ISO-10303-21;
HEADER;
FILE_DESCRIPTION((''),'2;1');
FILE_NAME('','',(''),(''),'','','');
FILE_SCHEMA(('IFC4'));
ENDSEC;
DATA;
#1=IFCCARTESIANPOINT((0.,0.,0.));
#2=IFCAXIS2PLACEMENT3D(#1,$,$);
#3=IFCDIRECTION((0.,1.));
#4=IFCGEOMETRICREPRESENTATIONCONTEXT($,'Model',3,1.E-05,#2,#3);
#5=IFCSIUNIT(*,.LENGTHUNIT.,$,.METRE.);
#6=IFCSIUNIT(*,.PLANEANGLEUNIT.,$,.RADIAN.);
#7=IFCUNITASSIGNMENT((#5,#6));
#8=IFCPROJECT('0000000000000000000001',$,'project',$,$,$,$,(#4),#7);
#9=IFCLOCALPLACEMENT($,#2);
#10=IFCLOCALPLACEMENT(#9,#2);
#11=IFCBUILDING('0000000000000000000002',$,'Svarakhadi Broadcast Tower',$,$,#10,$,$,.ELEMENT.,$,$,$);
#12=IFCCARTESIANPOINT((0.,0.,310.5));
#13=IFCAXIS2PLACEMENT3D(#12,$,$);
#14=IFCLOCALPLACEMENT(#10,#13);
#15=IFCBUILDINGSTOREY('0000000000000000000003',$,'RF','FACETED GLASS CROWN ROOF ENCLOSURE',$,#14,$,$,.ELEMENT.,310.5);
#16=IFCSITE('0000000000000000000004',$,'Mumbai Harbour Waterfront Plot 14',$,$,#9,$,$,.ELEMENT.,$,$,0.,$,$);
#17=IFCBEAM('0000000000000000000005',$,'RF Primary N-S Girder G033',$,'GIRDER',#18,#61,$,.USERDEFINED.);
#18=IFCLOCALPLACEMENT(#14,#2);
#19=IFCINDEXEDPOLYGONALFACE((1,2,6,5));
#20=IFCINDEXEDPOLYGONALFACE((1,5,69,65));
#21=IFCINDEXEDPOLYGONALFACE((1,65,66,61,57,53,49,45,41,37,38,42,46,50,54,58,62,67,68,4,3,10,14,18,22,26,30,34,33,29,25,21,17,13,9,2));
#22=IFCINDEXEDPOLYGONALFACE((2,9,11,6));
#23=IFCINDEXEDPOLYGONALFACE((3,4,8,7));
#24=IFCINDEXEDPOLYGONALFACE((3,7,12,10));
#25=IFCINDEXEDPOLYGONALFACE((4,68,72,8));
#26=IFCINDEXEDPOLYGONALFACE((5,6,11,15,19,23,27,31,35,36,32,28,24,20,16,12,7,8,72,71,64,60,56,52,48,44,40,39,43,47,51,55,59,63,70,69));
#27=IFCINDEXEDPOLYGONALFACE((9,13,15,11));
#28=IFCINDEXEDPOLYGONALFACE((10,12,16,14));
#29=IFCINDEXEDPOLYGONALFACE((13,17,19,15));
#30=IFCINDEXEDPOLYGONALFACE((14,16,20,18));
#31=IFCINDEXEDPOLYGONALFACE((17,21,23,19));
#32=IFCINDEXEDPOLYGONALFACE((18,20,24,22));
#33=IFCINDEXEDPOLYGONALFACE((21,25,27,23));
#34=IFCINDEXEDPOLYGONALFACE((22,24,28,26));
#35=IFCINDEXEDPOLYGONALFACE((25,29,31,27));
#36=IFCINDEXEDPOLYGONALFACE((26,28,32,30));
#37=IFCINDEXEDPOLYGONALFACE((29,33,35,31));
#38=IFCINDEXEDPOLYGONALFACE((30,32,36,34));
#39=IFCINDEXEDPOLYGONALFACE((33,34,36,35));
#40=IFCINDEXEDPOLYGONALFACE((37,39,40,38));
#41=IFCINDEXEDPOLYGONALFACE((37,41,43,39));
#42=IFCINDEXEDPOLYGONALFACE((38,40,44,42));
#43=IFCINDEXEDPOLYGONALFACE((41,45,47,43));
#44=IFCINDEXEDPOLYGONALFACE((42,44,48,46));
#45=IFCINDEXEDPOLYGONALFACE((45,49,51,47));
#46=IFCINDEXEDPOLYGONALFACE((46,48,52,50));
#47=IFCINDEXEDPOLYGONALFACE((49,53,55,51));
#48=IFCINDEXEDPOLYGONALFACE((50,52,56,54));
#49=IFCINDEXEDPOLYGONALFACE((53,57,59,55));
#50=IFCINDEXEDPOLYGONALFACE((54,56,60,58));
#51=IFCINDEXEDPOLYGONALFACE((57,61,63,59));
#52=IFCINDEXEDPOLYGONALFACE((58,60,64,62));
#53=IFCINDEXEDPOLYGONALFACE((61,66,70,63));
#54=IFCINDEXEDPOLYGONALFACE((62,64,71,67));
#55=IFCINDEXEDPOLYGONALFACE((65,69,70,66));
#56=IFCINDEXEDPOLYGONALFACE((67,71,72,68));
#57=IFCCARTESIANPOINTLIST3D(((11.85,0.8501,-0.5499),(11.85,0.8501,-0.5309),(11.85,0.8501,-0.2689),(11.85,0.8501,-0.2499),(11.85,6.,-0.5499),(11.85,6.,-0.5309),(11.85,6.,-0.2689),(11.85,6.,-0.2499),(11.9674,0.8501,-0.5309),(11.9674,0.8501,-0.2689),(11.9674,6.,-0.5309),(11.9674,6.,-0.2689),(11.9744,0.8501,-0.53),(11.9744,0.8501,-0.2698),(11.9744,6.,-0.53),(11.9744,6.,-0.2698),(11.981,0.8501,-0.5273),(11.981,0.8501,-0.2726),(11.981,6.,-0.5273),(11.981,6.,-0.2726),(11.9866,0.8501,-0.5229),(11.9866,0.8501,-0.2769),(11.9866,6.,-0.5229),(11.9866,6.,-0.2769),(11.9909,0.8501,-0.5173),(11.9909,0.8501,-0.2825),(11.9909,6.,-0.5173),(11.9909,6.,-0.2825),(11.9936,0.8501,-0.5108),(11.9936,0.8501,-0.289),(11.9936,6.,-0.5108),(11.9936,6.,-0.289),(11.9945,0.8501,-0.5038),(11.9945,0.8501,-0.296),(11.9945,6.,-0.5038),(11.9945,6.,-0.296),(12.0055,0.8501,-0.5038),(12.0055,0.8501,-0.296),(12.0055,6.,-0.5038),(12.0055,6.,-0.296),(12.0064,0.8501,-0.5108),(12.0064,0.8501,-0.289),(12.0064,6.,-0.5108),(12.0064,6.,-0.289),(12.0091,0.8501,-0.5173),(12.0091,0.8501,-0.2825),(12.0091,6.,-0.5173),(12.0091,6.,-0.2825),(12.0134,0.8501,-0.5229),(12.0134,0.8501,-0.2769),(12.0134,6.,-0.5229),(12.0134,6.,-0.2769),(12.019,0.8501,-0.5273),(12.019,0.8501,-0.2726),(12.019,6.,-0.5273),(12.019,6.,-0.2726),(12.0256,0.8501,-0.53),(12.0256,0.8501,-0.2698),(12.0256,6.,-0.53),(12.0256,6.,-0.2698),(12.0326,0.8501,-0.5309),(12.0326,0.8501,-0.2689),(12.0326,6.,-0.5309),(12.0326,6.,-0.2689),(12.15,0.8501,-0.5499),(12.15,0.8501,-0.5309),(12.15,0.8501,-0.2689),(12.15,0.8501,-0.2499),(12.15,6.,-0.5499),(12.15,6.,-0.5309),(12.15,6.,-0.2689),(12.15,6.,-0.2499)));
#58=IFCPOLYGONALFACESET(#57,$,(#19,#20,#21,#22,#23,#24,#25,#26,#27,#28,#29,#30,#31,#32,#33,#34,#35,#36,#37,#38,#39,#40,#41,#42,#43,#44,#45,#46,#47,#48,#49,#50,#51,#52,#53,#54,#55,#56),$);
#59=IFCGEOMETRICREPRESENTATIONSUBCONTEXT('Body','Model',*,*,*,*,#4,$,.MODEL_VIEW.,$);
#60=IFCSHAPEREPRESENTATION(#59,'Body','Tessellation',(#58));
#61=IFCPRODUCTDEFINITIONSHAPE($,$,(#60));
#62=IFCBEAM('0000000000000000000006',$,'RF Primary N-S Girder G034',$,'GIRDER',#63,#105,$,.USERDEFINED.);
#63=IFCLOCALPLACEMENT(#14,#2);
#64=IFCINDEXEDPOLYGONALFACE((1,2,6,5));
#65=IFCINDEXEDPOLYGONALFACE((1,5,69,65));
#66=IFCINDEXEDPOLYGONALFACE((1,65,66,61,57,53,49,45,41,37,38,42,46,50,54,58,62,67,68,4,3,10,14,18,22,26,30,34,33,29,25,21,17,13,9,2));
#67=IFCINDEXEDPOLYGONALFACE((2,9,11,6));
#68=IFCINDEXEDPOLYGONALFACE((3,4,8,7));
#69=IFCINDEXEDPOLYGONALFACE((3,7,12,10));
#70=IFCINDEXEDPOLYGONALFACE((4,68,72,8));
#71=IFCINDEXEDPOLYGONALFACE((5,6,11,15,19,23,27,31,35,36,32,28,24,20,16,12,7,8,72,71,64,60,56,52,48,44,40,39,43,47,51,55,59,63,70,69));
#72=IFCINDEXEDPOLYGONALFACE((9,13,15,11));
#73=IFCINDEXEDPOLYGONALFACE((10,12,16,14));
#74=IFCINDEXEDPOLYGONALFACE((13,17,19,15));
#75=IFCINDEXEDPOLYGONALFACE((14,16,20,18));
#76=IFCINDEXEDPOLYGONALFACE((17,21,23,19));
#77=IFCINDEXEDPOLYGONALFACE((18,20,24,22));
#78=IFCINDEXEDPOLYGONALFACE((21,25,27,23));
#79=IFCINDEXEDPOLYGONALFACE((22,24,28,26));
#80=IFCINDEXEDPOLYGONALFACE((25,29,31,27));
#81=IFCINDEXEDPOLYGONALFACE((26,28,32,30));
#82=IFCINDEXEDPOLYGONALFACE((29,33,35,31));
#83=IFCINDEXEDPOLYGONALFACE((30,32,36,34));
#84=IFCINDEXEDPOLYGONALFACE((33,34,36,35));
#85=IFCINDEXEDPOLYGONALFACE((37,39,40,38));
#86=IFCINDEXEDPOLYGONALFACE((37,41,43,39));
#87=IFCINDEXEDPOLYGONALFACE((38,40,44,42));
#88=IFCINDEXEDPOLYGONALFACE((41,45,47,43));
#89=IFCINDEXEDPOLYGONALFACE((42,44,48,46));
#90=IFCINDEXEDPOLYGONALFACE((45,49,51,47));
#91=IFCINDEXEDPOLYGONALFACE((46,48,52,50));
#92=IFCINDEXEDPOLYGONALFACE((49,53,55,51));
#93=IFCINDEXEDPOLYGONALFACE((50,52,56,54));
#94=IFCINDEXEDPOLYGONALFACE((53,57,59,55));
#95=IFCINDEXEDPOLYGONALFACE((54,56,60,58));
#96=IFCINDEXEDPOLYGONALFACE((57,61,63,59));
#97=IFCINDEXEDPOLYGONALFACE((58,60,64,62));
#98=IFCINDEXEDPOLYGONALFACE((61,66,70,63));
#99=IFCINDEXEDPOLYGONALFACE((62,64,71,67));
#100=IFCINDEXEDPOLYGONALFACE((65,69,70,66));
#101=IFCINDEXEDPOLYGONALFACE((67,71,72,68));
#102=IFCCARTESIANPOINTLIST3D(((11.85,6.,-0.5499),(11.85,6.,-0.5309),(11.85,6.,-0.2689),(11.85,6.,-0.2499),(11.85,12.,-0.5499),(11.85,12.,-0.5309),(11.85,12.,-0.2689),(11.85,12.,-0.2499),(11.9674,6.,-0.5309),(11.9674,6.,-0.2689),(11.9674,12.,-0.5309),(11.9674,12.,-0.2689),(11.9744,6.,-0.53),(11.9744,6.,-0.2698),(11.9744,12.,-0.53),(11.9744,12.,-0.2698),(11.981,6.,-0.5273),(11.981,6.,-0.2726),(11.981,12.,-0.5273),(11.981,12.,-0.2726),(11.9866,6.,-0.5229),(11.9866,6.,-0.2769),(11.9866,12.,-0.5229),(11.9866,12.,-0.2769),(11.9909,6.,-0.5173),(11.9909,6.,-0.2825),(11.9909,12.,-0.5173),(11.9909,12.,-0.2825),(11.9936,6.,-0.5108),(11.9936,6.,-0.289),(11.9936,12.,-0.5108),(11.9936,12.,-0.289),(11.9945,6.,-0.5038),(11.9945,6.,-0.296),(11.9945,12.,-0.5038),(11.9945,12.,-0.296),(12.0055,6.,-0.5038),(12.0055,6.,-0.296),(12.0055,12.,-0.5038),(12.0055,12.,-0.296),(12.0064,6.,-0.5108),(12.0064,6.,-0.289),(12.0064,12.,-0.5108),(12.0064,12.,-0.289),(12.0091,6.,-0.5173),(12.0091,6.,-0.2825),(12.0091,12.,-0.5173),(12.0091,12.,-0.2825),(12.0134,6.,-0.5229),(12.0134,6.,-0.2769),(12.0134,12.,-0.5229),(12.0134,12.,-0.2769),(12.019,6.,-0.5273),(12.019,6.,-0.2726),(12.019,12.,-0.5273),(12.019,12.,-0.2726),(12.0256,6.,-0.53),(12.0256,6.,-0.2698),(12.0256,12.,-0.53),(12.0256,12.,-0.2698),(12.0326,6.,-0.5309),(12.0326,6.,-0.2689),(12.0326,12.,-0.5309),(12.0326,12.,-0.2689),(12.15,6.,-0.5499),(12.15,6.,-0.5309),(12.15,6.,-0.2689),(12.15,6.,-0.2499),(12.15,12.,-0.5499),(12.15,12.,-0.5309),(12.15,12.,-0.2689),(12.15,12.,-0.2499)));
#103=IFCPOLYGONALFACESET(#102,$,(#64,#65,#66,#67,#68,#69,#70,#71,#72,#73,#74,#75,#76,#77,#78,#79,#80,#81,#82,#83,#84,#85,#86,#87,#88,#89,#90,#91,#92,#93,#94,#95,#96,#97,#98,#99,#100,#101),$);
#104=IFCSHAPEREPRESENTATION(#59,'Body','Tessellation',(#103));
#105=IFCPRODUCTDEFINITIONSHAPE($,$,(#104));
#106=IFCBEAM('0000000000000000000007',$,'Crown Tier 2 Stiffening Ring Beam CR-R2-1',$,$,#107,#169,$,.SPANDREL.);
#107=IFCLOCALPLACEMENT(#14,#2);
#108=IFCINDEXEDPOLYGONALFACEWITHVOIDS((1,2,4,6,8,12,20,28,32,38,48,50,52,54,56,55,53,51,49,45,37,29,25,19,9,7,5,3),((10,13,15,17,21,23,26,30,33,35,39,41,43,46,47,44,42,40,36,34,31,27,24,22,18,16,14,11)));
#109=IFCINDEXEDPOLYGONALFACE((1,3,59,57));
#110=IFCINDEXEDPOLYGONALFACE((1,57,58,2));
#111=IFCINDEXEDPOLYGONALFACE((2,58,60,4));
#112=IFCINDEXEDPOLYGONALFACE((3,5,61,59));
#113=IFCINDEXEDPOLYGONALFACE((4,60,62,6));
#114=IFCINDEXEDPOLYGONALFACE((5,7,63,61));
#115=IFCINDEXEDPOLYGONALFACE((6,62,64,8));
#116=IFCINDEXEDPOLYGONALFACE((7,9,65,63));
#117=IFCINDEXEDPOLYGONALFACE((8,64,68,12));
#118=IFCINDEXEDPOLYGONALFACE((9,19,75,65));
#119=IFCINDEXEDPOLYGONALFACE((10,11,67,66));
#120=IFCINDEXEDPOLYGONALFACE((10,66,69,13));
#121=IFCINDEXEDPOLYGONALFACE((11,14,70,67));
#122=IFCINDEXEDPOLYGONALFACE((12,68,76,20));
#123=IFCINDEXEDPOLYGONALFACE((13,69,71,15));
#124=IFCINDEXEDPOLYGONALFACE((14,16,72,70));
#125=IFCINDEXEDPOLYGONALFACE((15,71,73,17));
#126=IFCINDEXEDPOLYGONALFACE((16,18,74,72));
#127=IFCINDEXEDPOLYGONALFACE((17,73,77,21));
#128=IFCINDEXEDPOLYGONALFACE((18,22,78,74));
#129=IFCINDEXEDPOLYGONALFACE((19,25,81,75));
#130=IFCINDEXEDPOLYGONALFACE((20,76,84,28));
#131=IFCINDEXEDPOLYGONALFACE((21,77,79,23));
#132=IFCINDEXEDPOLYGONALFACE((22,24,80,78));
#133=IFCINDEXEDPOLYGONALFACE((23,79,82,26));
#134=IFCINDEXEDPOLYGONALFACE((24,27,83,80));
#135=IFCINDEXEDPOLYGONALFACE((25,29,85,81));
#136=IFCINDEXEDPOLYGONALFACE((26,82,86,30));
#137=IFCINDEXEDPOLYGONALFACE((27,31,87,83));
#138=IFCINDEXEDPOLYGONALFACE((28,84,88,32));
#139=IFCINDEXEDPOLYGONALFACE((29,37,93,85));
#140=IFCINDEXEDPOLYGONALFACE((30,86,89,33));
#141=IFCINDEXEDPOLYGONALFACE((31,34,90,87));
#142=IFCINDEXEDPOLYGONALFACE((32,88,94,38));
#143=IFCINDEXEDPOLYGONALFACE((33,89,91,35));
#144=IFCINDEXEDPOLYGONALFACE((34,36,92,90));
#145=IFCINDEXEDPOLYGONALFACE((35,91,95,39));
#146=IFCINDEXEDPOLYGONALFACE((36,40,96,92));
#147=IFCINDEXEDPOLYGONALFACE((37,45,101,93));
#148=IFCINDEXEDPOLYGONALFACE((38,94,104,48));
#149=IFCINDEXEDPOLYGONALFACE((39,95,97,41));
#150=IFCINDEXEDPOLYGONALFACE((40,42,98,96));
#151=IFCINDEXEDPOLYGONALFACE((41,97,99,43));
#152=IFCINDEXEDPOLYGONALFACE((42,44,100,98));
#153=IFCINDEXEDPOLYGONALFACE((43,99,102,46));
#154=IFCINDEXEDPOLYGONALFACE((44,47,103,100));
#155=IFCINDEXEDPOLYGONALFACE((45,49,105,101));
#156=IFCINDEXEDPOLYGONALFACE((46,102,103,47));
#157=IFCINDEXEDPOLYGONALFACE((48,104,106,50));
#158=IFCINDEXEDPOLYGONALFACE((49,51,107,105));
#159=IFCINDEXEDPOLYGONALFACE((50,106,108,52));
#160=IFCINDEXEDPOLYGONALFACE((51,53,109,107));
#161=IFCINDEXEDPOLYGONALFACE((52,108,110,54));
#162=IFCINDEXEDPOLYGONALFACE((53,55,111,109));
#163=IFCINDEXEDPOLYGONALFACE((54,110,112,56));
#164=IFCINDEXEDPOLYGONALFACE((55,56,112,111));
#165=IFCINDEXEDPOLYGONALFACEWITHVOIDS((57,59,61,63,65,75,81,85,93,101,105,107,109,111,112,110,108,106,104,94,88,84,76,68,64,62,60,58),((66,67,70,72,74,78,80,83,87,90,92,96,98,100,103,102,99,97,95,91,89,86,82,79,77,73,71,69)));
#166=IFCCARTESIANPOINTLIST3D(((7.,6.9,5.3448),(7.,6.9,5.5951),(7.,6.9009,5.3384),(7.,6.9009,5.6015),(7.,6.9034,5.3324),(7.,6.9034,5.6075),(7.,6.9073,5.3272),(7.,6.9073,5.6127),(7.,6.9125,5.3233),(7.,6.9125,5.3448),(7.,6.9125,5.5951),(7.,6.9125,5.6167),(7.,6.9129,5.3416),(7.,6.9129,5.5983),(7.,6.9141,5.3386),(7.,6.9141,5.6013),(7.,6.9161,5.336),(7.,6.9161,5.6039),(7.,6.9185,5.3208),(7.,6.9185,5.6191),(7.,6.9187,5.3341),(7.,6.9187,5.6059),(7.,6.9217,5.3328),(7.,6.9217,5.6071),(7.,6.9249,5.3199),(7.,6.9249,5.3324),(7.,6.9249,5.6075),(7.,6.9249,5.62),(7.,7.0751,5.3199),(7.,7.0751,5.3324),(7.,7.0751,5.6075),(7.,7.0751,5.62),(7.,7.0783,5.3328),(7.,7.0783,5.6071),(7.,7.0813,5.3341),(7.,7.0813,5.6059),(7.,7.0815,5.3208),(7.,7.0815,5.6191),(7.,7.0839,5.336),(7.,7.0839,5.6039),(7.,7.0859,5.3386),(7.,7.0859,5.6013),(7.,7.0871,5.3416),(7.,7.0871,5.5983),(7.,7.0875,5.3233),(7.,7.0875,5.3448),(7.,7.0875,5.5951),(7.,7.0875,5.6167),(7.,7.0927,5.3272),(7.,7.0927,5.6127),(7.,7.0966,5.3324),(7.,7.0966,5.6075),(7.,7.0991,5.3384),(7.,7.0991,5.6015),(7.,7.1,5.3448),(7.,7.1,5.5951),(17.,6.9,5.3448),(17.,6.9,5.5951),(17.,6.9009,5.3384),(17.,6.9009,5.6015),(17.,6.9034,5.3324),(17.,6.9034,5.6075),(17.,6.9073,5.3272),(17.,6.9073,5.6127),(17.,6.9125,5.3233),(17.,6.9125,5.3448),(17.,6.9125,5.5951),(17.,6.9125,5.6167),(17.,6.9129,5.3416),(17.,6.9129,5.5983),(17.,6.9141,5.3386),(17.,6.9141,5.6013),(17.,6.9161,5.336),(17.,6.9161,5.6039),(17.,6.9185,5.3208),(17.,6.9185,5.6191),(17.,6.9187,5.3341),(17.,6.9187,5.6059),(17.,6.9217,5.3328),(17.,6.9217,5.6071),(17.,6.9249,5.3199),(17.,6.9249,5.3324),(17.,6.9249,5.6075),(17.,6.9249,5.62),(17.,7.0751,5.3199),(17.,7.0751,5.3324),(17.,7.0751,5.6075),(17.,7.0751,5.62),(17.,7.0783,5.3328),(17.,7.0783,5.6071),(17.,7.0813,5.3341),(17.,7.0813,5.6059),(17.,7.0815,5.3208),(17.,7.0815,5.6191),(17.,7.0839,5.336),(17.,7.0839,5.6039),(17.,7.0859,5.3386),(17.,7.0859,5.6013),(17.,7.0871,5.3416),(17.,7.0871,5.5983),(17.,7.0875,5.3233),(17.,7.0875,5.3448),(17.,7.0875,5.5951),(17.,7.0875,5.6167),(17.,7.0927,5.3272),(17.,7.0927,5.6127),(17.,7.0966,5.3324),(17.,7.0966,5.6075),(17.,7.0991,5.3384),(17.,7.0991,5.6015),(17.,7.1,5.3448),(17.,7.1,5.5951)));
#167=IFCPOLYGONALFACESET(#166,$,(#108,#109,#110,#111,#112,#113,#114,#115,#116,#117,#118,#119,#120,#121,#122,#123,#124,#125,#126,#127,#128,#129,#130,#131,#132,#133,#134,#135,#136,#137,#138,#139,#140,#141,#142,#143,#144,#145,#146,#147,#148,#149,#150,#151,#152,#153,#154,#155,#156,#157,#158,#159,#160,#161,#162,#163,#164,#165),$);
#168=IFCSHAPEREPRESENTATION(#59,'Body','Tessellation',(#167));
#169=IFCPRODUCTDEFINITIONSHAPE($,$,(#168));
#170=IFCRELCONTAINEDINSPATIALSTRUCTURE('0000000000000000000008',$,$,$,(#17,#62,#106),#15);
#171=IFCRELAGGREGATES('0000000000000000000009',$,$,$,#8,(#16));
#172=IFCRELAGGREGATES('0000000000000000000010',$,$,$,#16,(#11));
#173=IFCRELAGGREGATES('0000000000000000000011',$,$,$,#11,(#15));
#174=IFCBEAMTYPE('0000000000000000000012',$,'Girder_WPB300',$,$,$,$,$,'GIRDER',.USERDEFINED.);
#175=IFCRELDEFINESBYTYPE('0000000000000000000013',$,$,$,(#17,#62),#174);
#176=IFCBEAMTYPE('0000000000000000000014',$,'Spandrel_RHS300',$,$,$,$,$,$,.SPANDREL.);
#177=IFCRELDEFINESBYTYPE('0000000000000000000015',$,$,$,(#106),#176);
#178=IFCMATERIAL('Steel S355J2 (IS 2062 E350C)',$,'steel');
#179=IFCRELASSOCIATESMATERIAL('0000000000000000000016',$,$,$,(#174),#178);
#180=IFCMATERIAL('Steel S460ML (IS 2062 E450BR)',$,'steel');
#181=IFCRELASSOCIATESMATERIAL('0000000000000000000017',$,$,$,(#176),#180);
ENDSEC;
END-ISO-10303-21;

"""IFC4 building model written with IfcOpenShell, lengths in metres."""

from ifc_helpers import new_model, si_unit, direction, frame, origin, origin_2d, place, context, subcontext, project, spatial, hollow_rectangle, i_section, extrude, material, material_profile, profile_set, type_object, element, save


model = new_model("IFC4")

# Units and contexts
model_context = context("Model", 3, precision=1e-05, world=origin(), true_north=direction((0.0, 1.0)))
body_context = subcontext(model_context, "Body", "Model", "MODEL_VIEW")
ifc_project = project(units=[si_unit("LENGTHUNIT", "METRE"), si_unit("PLANEANGLEUNIT", "RADIAN")], contexts=[model_context])

# Site, building, storey
site_placement = place(None, origin())
site = spatial("IfcSite", under=ifc_project, at=site_placement, Name="Mumbai Harbour Waterfront Plot 14", CompositionType="ELEMENT", RefElevation=0.0)
building_placement = place(site_placement, origin())
building = spatial("IfcBuilding", under=site, at=building_placement, Name="Svarakhadi Broadcast Tower", CompositionType="ELEMENT")
storey_placement = place(building_placement, frame((0.0, 0.0, 310.5)))
storey = spatial("IfcBuildingStorey", under=building, at=storey_placement, Name="RF", Description="FACETED GLASS CROWN ROOF ENCLOSURE", CompositionType="ELEMENT", Elevation=310.5)

# Shared definitions
ifc_material_1 = material(Name="Steel S355J2 (IS 2062 E350C)", Category="steel")

# Shared definitions
ifc_material_2 = material(Name="Steel S460ML (IS 2062 E450BR)", Category="steel")

# Beams
ifc_material_profile_1 = material_profile(ifc_material_1, i_section(OverallWidth=0.3, OverallDepth=0.3, WebThickness=0.011, FlangeThickness=0.019, FilletRadius=0.0271, at=origin_2d()), Name="WPB 300x300x117")
ifc_profile_set_1 = profile_set([ifc_material_profile_1], Name="Steel S355J2 (IS 2062 E350C)")
beam_type_1 = type_object("IfcBeamType", Name="Girder_WPB300", ElementType="GIRDER", PredefinedType="USERDEFINED", material=ifc_profile_set_1)
beam_1_placement = place(storey_placement, frame((12.0, 0.8501, -0.3999), z_axis=(0.0, 1.0, 0.0), x_axis=(-1.0, 0.0, 0.0)))
element("IfcBeam", 1, at=beam_1_placement, inside=storey, type_object=beam_type_1, Name="RF Primary N-S Girder G033", ObjectType="GIRDER", PredefinedType="USERDEFINED", context=body_context, shape_type="SweptSolid", body=[
    extrude(i_section(OverallWidth=0.3, OverallDepth=0.3, WebThickness=0.011, FlangeThickness=0.019, FilletRadius=0.0271, at=origin_2d()), origin(), (0.0, 0.0, 1.0), 5.1499),
])
beam_2_placement = place(storey_placement, frame((12.0, 6.0, -0.3999), z_axis=(0.0, 1.0, 0.0), x_axis=(-1.0, 0.0, 0.0)))
element("IfcBeam", 2, at=beam_2_placement, inside=storey, type_object=beam_type_1, Name="RF Primary N-S Girder G034", ObjectType="GIRDER", PredefinedType="USERDEFINED", context=body_context, shape_type="SweptSolid", body=[
    extrude(i_section(OverallWidth=0.3, OverallDepth=0.3, WebThickness=0.011, FlangeThickness=0.019, FilletRadius=0.0271, at=origin_2d()), origin(), (0.0, 0.0, 1.0), 6.0),
])
ifc_material_profile_2 = material_profile(ifc_material_2, hollow_rectangle(XDim=0.2, YDim=0.3, WallThickness=0.0125, InnerFilletRadius=0.0125, OuterFilletRadius=0.0249, at=origin_2d()), Name="RHS 300x200x12.5")
ifc_profile_set_2 = profile_set([ifc_material_profile_2], Name="Steel S460ML (IS 2062 E450BR)")
beam_type_2 = type_object("IfcBeamType", Name="Spandrel_RHS300", PredefinedType="SPANDREL", material=ifc_profile_set_2)
beam_3_placement = place(storey_placement, frame((7.0, 7.0, 5.47), z_axis=(1.0, 0.0, 0.0), x_axis=(0.0, 1.0, 0.0)))
element("IfcBeam", 3, at=beam_3_placement, inside=storey, type_object=beam_type_2, Name="Crown Tier 2 Stiffening Ring Beam CR-R2-1", PredefinedType="SPANDREL", context=body_context, shape_type="SweptSolid", body=[
    extrude(hollow_rectangle(XDim=0.2, YDim=0.3, WallThickness=0.0125, InnerFilletRadius=0.0125, OuterFilletRadius=0.0249, at=origin_2d()), origin(), (0.0, 0.0, 1.0), 10.0),
])

save(model, "model.ifc")
